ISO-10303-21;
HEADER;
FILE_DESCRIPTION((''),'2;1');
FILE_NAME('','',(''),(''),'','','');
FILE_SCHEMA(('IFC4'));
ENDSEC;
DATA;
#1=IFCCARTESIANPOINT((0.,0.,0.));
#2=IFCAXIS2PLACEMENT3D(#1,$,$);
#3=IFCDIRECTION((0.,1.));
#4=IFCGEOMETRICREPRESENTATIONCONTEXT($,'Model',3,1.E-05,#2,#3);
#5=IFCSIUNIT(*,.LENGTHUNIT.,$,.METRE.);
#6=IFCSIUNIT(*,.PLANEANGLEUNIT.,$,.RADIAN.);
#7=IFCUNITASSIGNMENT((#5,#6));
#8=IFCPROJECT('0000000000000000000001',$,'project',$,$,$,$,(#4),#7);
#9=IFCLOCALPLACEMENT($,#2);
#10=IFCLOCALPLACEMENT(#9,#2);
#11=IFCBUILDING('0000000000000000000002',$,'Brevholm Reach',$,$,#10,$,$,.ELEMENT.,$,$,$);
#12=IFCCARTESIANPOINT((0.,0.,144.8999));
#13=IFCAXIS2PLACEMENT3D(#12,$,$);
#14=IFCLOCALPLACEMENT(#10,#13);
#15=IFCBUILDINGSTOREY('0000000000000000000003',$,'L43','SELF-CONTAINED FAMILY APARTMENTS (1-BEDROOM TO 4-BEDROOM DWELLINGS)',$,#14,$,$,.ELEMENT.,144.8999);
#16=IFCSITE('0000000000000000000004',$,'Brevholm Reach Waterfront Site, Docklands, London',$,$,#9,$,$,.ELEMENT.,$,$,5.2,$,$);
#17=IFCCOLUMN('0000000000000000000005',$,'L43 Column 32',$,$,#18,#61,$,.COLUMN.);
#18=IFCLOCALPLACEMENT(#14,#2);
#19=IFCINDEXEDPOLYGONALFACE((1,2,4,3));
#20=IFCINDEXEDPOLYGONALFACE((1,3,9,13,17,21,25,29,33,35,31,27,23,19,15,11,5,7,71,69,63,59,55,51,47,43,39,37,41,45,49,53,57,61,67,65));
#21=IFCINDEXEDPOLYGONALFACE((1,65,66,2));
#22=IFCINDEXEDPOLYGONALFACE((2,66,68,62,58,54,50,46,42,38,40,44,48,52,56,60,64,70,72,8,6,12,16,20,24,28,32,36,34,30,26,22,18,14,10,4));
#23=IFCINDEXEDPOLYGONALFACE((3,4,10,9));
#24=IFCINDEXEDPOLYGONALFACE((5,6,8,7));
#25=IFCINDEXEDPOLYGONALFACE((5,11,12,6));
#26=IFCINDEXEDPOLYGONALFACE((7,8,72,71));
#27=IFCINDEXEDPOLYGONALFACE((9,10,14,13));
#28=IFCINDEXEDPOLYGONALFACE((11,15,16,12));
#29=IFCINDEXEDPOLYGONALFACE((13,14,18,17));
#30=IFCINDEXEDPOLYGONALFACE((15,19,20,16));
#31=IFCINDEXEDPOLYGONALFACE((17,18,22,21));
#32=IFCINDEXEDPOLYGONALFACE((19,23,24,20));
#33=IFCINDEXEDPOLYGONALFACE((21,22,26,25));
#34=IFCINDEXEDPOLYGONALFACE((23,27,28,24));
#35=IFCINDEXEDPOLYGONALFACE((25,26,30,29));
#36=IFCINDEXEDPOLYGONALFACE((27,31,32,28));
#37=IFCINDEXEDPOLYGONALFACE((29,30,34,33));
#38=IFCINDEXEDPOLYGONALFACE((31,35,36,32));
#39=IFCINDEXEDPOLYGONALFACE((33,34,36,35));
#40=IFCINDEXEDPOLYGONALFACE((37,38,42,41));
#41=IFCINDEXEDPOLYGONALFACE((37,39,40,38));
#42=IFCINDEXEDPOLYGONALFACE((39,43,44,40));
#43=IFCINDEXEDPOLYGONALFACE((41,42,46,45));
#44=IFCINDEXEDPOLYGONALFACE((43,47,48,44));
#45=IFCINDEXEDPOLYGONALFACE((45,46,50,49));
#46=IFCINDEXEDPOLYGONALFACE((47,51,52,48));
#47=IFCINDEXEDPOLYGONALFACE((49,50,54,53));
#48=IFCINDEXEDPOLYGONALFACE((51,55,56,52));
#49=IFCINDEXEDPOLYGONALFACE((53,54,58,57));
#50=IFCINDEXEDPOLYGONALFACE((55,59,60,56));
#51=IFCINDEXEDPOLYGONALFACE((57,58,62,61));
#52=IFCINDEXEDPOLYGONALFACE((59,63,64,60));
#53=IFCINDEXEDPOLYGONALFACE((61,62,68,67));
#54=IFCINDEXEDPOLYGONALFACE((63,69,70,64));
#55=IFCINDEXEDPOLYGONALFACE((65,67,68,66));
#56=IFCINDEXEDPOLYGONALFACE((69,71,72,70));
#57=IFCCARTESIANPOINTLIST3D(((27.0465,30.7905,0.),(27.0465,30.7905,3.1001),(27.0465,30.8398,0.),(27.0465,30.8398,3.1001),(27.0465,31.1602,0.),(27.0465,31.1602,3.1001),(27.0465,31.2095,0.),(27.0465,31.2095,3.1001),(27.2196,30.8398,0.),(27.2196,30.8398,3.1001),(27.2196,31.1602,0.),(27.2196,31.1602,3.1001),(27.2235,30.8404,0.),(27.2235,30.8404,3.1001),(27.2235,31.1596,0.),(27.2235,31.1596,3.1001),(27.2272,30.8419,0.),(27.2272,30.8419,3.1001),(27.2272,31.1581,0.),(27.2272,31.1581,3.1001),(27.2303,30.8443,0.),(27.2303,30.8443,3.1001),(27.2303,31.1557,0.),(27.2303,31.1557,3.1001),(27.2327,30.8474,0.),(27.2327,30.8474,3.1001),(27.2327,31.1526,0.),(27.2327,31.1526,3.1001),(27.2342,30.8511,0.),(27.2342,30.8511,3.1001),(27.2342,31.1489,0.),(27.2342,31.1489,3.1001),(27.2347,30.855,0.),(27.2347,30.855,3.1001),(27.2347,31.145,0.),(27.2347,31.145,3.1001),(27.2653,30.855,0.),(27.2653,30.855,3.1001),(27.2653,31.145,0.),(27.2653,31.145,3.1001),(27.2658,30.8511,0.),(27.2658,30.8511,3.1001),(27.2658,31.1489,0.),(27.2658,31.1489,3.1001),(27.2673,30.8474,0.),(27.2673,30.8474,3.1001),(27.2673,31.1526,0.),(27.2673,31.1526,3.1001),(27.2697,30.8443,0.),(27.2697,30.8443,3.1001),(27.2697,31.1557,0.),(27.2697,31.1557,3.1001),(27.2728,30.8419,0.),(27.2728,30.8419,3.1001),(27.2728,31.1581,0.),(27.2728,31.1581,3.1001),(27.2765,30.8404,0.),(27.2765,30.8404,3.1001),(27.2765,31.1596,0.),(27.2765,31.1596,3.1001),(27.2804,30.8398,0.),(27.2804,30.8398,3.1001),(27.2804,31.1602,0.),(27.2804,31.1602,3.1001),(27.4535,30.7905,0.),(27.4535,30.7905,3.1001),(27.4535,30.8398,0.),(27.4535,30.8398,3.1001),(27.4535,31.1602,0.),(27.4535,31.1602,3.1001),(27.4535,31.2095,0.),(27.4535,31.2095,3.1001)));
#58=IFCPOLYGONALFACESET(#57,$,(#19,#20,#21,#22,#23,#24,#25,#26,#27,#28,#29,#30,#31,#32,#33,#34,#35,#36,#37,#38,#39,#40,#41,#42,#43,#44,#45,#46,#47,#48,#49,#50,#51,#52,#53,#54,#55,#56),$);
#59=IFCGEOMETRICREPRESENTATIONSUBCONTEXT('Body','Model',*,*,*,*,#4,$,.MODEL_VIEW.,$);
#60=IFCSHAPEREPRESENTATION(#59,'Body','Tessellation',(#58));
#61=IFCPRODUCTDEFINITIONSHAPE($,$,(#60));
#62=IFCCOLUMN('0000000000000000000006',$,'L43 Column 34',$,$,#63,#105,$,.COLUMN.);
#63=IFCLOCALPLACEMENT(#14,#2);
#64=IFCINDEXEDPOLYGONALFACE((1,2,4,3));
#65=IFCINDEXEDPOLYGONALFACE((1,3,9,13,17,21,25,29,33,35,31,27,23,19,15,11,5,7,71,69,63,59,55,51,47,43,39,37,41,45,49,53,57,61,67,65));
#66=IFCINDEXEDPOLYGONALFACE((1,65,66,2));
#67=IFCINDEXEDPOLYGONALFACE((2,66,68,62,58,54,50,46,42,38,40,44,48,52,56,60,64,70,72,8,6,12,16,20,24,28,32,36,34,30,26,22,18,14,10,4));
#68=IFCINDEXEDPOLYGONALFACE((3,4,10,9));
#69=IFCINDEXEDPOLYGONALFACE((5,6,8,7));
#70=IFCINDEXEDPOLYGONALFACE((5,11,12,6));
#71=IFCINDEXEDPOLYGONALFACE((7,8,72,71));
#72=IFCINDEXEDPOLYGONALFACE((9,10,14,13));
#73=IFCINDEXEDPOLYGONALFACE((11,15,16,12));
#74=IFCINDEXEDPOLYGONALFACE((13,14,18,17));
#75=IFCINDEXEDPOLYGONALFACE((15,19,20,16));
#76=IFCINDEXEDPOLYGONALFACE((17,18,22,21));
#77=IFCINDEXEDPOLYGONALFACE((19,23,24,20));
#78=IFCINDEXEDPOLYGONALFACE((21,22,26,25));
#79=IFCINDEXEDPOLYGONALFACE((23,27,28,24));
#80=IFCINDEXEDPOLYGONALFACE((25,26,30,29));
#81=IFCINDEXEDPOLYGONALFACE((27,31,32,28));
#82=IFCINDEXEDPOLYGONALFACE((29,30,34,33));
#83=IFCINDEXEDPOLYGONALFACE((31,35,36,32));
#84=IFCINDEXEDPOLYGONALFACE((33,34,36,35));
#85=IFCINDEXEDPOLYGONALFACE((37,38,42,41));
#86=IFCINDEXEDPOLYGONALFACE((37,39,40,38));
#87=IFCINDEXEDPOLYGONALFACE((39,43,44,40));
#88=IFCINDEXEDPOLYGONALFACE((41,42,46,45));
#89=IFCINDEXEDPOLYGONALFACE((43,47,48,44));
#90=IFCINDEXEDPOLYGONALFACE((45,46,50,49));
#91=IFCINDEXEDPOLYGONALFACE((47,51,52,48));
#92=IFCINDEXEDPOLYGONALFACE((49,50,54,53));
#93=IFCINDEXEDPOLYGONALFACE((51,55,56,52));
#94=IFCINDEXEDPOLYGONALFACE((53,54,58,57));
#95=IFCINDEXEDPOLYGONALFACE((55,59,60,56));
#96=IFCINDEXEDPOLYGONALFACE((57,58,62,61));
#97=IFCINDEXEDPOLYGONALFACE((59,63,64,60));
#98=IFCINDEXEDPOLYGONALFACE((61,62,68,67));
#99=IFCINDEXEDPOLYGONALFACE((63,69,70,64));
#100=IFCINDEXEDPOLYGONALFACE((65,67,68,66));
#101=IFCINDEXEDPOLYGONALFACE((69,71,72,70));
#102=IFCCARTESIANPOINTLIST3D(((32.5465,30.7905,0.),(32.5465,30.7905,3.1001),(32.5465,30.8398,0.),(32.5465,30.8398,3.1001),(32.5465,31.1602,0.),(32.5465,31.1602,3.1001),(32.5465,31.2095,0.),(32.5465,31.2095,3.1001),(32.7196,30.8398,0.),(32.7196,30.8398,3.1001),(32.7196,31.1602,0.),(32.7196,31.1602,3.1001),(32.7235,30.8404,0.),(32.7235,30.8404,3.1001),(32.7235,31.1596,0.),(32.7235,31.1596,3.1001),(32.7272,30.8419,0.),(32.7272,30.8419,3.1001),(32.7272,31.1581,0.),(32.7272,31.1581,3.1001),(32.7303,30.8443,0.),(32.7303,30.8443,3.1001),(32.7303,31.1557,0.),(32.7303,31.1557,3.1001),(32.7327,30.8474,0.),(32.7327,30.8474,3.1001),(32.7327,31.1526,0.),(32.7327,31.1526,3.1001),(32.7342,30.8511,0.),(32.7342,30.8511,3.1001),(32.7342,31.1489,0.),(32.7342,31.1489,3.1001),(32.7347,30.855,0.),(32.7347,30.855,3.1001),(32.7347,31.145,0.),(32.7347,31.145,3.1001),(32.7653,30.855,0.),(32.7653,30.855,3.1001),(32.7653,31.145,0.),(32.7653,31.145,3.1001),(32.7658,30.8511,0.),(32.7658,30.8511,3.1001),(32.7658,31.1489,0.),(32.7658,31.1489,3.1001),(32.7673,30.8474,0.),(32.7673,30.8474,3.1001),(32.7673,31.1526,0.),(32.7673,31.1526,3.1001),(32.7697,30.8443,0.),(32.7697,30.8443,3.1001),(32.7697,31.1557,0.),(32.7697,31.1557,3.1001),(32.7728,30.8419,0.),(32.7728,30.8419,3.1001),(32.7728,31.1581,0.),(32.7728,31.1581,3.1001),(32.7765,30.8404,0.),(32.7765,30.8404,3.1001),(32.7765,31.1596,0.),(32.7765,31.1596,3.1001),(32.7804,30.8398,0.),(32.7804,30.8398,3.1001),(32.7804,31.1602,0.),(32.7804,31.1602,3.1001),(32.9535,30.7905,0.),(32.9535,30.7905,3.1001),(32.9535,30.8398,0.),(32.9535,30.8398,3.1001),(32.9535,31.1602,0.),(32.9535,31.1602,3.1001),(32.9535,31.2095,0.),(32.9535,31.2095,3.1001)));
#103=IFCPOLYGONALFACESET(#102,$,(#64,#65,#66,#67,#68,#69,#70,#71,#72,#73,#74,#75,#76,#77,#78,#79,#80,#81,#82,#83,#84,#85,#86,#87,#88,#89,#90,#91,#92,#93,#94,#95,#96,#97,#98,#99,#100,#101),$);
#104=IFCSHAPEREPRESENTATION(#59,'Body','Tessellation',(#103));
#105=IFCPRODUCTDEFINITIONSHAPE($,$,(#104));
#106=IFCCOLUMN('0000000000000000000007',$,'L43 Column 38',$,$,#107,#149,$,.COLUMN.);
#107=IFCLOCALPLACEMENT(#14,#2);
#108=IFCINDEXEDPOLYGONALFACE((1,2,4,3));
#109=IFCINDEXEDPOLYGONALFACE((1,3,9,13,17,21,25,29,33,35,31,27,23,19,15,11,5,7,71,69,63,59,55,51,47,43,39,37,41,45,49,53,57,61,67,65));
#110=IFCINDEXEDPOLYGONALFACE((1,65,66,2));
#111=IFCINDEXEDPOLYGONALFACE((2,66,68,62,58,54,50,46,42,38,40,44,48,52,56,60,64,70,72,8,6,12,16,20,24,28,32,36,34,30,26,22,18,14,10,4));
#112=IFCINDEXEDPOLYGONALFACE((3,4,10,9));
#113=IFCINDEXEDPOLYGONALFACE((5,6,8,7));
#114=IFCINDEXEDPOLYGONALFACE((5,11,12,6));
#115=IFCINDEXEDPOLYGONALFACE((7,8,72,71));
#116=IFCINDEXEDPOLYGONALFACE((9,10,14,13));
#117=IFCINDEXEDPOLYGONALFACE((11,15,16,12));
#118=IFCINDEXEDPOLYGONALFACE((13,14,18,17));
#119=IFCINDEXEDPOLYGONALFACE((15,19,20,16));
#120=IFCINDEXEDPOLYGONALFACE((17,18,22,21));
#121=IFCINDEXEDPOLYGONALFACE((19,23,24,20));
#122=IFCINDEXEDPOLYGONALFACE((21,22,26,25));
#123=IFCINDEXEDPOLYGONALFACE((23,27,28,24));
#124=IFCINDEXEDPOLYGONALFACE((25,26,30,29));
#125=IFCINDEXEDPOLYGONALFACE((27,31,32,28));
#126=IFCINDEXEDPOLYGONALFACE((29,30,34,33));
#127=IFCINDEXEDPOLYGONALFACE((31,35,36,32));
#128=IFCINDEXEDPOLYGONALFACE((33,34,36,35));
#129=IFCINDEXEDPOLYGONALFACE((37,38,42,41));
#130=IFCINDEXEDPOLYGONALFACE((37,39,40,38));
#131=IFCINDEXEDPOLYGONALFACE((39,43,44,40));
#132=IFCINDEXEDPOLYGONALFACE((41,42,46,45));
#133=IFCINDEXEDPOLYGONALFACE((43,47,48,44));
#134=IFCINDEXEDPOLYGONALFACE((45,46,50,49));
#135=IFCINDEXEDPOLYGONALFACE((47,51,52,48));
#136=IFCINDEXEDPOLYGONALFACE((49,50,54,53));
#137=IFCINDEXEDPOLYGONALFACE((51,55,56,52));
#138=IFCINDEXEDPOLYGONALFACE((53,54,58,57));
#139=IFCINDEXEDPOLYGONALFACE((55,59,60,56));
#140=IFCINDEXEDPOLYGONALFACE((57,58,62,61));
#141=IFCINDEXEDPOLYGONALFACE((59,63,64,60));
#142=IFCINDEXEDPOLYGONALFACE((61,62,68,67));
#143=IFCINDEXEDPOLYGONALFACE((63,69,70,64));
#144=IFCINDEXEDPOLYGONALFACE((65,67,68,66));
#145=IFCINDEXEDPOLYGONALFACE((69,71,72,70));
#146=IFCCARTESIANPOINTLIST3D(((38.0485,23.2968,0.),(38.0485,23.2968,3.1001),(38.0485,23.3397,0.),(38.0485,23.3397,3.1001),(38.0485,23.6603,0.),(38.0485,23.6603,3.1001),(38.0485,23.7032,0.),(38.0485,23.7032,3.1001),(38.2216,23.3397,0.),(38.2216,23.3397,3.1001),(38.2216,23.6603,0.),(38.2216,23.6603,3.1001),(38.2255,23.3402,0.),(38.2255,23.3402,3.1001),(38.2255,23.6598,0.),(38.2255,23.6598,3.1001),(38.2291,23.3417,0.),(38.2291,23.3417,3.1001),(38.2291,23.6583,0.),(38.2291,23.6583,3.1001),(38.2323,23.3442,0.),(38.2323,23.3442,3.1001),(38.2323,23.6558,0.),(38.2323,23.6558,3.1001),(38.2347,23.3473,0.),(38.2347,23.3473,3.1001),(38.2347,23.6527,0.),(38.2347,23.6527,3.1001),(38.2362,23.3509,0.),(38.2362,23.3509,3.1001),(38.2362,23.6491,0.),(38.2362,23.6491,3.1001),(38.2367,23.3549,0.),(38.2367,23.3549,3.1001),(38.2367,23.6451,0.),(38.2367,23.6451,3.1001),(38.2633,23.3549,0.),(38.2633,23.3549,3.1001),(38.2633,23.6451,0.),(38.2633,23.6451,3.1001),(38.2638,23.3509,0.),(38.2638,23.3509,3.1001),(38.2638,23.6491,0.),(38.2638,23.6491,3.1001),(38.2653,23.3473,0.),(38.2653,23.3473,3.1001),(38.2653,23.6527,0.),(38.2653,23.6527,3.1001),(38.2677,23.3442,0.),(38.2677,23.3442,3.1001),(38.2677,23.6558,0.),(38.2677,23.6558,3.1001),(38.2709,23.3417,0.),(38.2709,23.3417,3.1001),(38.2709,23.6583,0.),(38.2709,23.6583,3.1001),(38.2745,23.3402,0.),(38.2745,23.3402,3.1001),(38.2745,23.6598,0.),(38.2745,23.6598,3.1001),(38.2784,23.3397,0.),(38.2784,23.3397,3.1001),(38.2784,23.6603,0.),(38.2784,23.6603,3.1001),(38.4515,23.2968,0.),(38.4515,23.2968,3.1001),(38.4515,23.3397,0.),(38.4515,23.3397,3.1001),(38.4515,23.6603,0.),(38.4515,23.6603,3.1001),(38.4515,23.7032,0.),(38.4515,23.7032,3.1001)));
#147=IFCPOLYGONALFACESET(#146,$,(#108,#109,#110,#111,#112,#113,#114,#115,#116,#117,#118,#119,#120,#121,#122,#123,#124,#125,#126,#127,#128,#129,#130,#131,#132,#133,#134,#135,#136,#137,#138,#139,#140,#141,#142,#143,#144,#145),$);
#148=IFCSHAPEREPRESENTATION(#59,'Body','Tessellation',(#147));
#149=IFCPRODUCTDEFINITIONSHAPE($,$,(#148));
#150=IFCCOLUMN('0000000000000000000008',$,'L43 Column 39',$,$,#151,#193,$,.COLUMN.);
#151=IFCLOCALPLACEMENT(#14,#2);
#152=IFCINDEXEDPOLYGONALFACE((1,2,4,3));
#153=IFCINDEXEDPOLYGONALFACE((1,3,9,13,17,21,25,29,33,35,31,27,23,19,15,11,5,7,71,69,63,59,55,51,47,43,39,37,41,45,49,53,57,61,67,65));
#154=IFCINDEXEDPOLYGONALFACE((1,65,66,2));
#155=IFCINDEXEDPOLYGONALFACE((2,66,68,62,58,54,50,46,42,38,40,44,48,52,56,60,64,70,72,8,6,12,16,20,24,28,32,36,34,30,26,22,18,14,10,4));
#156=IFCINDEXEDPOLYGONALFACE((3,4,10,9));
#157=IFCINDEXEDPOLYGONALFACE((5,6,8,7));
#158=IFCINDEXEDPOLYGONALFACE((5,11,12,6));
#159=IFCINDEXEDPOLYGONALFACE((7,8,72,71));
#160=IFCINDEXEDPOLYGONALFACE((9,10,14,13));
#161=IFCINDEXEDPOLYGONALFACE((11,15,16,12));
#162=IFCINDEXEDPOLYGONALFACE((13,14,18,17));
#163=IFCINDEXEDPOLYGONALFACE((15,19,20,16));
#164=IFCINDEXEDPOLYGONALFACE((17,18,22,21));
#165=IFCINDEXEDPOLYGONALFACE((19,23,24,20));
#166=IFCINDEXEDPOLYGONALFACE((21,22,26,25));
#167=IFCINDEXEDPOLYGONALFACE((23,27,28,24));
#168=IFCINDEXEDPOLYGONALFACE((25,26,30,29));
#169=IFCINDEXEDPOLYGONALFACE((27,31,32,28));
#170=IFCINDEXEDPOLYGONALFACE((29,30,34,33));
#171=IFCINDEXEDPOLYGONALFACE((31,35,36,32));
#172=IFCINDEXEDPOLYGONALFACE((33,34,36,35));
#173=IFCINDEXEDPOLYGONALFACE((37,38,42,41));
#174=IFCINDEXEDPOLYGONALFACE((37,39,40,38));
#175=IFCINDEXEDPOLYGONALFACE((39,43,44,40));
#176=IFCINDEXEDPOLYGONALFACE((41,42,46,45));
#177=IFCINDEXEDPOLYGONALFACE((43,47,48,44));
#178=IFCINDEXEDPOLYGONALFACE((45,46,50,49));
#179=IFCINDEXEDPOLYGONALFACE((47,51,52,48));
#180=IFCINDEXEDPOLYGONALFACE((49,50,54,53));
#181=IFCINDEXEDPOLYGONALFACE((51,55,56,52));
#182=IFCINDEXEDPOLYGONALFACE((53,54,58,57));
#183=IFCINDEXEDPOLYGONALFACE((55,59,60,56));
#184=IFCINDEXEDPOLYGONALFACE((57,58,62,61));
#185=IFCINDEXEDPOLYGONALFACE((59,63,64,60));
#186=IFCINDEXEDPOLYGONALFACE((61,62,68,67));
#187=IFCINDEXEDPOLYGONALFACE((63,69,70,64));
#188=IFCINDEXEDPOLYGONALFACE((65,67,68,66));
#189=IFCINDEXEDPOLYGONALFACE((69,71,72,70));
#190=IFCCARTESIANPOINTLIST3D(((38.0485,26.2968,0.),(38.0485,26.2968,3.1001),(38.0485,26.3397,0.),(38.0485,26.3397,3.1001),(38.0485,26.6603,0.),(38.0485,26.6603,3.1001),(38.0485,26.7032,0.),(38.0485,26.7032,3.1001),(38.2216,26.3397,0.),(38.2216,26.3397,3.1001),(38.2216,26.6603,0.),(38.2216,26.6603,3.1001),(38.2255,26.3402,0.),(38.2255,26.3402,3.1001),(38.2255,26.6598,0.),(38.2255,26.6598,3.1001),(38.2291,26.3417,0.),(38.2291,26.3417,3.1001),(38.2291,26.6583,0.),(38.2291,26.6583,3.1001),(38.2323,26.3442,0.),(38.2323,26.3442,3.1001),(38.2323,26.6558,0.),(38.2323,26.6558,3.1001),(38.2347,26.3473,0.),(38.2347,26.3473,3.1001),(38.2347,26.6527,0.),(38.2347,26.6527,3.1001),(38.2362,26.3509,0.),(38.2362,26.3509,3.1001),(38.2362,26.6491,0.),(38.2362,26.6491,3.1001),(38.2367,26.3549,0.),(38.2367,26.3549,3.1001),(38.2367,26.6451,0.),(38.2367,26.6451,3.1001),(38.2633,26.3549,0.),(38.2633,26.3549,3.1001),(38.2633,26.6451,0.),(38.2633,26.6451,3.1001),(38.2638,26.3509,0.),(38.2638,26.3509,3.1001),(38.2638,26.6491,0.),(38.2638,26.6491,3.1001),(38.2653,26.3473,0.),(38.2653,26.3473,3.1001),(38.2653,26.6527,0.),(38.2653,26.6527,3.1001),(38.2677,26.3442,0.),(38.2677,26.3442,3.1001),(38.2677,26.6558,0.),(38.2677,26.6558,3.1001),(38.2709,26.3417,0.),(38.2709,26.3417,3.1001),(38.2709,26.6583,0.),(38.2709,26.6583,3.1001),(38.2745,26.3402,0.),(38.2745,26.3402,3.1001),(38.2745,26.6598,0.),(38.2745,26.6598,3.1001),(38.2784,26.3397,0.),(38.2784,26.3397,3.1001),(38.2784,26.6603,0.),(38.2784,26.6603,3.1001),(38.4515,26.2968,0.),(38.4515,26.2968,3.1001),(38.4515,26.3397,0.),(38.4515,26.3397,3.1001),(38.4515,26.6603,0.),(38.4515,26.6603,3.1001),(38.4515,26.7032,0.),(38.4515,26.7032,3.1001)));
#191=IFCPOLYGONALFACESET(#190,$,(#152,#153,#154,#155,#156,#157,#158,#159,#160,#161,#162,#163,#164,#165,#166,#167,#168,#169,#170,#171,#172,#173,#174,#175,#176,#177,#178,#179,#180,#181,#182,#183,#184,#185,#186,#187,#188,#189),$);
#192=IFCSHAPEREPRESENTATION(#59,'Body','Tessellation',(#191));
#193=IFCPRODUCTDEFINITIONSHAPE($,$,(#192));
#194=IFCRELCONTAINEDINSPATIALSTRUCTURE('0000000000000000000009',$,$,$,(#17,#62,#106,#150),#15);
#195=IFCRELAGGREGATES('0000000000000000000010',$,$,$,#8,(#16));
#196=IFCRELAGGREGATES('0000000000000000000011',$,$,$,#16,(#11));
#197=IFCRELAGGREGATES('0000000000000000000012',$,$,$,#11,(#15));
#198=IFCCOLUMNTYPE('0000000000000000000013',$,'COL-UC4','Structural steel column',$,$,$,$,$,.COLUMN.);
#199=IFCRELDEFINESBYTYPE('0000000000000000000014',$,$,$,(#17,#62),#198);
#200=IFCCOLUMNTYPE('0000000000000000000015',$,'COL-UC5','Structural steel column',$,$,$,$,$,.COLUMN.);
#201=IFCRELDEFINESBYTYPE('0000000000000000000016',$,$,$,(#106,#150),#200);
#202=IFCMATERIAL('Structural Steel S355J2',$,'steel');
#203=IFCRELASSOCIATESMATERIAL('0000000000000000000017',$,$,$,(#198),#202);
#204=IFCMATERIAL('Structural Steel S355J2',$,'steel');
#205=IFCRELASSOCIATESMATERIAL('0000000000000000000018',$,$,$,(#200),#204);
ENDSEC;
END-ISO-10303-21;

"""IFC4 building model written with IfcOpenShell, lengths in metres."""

from ifc_helpers import new_model, si_unit, direction, frame, origin, origin_2d, place, context, subcontext, project, spatial, i_section, extrude, material, material_profile, profile_set, type_object, element, save


model = new_model("IFC4")

# Units and contexts
model_context = context("Model", 3, precision=1e-05, world=origin(), true_north=direction((0.0, 1.0)))
body_context = subcontext(model_context, "Body", "Model", "MODEL_VIEW")
ifc_project = project(units=[si_unit("LENGTHUNIT", "METRE"), si_unit("PLANEANGLEUNIT", "RADIAN")], contexts=[model_context])

# Site, building, storey
site_placement = place(None, origin())
site = spatial("IfcSite", under=ifc_project, at=site_placement, Name="Brevholm Reach Waterfront Site, Docklands, London", CompositionType="ELEMENT", RefElevation=5.2)
building_placement = place(site_placement, origin())
building = spatial("IfcBuilding", under=site, at=building_placement, Name="Brevholm Reach", CompositionType="ELEMENT")
storey_placement = place(building_placement, frame((0.0, 0.0, 144.8999)))
storey = spatial("IfcBuildingStorey", under=building, at=storey_placement, Name="L43", Description="SELF-CONTAINED FAMILY APARTMENTS (1-BEDROOM TO 4-BEDROOM DWELLINGS)", CompositionType="ELEMENT", Elevation=144.8999)

# Columns
ifc_material_1 = material(Name="Structural Steel S355J2", Category="steel")
ifc_material_profile_1 = material_profile(ifc_material_1, i_section(OverallWidth=0.407, OverallDepth=0.4189, WebThickness=0.0305, FlangeThickness=0.0493, FilletRadius=0.0151, at=origin_2d()), Name="UKC 356x406x393")
ifc_profile_set_1 = profile_set([ifc_material_profile_1], Name="Structural Steel S355J2")
column_type_1 = type_object("IfcColumnType", Name="COL-UC4", Description="Structural steel column", PredefinedType="COLUMN", material=ifc_profile_set_1)
for number, where, z_axis, x_axis, name in (
    (1, (27.25, 31.0, 0.0), (0.0, 0.0, 1.0), (1.0, 0.0, 0.0), "L43 Column 32"),
    (2, (32.75, 31.0, 0.0), (0.0, 0.0, 1.0), (1.0, 0.0, 0.0), "L43 Column 34"),
):
    element("IfcColumn", number, at=place(storey_placement, frame(where, z_axis=z_axis, x_axis=x_axis)), inside=storey, type_object=column_type_1, Name=name, PredefinedType="COLUMN", context=body_context, shape_type="SweptSolid", body=[
        extrude(i_section(OverallWidth=0.407, OverallDepth=0.4189, WebThickness=0.0305, FlangeThickness=0.0493, FilletRadius=0.0151, at=origin_2d()), origin(), (0.0, 0.0, 1.0), 3.1001),
    ])
ifc_material_2 = material(Name="Structural Steel S355J2", Category="steel")
ifc_material_profile_2 = material_profile(ifc_material_2, i_section(OverallWidth=0.4031, OverallDepth=0.4065, WebThickness=0.0266, FlangeThickness=0.043, FilletRadius=0.0151, at=origin_2d()), Name="UKC 356x406x340")
ifc_profile_set_2 = profile_set([ifc_material_profile_2], Name="Structural Steel S355J2")
column_type_2 = type_object("IfcColumnType", Name="COL-UC5", Description="Structural steel column", PredefinedType="COLUMN", material=ifc_profile_set_2)
for number, where, z_axis, x_axis, name in (
    (3, (38.25, 23.5, 0.0), (0.0, 0.0, 1.0), (1.0, 0.0, 0.0), "L43 Column 38"),
    (4, (38.25, 26.5, 0.0), (0.0, 0.0, 1.0), (1.0, 0.0, 0.0), "L43 Column 39"),
):
    element("IfcColumn", number, at=place(storey_placement, frame(where, z_axis=z_axis, x_axis=x_axis)), inside=storey, type_object=column_type_2, Name=name, PredefinedType="COLUMN", context=body_context, shape_type="SweptSolid", body=[
        extrude(i_section(OverallWidth=0.4031, OverallDepth=0.4065, WebThickness=0.0266, FlangeThickness=0.043, FilletRadius=0.0151, at=origin_2d()), origin(), (0.0, 0.0, 1.0), 3.1001),
    ])

save(model, "model.ifc")
